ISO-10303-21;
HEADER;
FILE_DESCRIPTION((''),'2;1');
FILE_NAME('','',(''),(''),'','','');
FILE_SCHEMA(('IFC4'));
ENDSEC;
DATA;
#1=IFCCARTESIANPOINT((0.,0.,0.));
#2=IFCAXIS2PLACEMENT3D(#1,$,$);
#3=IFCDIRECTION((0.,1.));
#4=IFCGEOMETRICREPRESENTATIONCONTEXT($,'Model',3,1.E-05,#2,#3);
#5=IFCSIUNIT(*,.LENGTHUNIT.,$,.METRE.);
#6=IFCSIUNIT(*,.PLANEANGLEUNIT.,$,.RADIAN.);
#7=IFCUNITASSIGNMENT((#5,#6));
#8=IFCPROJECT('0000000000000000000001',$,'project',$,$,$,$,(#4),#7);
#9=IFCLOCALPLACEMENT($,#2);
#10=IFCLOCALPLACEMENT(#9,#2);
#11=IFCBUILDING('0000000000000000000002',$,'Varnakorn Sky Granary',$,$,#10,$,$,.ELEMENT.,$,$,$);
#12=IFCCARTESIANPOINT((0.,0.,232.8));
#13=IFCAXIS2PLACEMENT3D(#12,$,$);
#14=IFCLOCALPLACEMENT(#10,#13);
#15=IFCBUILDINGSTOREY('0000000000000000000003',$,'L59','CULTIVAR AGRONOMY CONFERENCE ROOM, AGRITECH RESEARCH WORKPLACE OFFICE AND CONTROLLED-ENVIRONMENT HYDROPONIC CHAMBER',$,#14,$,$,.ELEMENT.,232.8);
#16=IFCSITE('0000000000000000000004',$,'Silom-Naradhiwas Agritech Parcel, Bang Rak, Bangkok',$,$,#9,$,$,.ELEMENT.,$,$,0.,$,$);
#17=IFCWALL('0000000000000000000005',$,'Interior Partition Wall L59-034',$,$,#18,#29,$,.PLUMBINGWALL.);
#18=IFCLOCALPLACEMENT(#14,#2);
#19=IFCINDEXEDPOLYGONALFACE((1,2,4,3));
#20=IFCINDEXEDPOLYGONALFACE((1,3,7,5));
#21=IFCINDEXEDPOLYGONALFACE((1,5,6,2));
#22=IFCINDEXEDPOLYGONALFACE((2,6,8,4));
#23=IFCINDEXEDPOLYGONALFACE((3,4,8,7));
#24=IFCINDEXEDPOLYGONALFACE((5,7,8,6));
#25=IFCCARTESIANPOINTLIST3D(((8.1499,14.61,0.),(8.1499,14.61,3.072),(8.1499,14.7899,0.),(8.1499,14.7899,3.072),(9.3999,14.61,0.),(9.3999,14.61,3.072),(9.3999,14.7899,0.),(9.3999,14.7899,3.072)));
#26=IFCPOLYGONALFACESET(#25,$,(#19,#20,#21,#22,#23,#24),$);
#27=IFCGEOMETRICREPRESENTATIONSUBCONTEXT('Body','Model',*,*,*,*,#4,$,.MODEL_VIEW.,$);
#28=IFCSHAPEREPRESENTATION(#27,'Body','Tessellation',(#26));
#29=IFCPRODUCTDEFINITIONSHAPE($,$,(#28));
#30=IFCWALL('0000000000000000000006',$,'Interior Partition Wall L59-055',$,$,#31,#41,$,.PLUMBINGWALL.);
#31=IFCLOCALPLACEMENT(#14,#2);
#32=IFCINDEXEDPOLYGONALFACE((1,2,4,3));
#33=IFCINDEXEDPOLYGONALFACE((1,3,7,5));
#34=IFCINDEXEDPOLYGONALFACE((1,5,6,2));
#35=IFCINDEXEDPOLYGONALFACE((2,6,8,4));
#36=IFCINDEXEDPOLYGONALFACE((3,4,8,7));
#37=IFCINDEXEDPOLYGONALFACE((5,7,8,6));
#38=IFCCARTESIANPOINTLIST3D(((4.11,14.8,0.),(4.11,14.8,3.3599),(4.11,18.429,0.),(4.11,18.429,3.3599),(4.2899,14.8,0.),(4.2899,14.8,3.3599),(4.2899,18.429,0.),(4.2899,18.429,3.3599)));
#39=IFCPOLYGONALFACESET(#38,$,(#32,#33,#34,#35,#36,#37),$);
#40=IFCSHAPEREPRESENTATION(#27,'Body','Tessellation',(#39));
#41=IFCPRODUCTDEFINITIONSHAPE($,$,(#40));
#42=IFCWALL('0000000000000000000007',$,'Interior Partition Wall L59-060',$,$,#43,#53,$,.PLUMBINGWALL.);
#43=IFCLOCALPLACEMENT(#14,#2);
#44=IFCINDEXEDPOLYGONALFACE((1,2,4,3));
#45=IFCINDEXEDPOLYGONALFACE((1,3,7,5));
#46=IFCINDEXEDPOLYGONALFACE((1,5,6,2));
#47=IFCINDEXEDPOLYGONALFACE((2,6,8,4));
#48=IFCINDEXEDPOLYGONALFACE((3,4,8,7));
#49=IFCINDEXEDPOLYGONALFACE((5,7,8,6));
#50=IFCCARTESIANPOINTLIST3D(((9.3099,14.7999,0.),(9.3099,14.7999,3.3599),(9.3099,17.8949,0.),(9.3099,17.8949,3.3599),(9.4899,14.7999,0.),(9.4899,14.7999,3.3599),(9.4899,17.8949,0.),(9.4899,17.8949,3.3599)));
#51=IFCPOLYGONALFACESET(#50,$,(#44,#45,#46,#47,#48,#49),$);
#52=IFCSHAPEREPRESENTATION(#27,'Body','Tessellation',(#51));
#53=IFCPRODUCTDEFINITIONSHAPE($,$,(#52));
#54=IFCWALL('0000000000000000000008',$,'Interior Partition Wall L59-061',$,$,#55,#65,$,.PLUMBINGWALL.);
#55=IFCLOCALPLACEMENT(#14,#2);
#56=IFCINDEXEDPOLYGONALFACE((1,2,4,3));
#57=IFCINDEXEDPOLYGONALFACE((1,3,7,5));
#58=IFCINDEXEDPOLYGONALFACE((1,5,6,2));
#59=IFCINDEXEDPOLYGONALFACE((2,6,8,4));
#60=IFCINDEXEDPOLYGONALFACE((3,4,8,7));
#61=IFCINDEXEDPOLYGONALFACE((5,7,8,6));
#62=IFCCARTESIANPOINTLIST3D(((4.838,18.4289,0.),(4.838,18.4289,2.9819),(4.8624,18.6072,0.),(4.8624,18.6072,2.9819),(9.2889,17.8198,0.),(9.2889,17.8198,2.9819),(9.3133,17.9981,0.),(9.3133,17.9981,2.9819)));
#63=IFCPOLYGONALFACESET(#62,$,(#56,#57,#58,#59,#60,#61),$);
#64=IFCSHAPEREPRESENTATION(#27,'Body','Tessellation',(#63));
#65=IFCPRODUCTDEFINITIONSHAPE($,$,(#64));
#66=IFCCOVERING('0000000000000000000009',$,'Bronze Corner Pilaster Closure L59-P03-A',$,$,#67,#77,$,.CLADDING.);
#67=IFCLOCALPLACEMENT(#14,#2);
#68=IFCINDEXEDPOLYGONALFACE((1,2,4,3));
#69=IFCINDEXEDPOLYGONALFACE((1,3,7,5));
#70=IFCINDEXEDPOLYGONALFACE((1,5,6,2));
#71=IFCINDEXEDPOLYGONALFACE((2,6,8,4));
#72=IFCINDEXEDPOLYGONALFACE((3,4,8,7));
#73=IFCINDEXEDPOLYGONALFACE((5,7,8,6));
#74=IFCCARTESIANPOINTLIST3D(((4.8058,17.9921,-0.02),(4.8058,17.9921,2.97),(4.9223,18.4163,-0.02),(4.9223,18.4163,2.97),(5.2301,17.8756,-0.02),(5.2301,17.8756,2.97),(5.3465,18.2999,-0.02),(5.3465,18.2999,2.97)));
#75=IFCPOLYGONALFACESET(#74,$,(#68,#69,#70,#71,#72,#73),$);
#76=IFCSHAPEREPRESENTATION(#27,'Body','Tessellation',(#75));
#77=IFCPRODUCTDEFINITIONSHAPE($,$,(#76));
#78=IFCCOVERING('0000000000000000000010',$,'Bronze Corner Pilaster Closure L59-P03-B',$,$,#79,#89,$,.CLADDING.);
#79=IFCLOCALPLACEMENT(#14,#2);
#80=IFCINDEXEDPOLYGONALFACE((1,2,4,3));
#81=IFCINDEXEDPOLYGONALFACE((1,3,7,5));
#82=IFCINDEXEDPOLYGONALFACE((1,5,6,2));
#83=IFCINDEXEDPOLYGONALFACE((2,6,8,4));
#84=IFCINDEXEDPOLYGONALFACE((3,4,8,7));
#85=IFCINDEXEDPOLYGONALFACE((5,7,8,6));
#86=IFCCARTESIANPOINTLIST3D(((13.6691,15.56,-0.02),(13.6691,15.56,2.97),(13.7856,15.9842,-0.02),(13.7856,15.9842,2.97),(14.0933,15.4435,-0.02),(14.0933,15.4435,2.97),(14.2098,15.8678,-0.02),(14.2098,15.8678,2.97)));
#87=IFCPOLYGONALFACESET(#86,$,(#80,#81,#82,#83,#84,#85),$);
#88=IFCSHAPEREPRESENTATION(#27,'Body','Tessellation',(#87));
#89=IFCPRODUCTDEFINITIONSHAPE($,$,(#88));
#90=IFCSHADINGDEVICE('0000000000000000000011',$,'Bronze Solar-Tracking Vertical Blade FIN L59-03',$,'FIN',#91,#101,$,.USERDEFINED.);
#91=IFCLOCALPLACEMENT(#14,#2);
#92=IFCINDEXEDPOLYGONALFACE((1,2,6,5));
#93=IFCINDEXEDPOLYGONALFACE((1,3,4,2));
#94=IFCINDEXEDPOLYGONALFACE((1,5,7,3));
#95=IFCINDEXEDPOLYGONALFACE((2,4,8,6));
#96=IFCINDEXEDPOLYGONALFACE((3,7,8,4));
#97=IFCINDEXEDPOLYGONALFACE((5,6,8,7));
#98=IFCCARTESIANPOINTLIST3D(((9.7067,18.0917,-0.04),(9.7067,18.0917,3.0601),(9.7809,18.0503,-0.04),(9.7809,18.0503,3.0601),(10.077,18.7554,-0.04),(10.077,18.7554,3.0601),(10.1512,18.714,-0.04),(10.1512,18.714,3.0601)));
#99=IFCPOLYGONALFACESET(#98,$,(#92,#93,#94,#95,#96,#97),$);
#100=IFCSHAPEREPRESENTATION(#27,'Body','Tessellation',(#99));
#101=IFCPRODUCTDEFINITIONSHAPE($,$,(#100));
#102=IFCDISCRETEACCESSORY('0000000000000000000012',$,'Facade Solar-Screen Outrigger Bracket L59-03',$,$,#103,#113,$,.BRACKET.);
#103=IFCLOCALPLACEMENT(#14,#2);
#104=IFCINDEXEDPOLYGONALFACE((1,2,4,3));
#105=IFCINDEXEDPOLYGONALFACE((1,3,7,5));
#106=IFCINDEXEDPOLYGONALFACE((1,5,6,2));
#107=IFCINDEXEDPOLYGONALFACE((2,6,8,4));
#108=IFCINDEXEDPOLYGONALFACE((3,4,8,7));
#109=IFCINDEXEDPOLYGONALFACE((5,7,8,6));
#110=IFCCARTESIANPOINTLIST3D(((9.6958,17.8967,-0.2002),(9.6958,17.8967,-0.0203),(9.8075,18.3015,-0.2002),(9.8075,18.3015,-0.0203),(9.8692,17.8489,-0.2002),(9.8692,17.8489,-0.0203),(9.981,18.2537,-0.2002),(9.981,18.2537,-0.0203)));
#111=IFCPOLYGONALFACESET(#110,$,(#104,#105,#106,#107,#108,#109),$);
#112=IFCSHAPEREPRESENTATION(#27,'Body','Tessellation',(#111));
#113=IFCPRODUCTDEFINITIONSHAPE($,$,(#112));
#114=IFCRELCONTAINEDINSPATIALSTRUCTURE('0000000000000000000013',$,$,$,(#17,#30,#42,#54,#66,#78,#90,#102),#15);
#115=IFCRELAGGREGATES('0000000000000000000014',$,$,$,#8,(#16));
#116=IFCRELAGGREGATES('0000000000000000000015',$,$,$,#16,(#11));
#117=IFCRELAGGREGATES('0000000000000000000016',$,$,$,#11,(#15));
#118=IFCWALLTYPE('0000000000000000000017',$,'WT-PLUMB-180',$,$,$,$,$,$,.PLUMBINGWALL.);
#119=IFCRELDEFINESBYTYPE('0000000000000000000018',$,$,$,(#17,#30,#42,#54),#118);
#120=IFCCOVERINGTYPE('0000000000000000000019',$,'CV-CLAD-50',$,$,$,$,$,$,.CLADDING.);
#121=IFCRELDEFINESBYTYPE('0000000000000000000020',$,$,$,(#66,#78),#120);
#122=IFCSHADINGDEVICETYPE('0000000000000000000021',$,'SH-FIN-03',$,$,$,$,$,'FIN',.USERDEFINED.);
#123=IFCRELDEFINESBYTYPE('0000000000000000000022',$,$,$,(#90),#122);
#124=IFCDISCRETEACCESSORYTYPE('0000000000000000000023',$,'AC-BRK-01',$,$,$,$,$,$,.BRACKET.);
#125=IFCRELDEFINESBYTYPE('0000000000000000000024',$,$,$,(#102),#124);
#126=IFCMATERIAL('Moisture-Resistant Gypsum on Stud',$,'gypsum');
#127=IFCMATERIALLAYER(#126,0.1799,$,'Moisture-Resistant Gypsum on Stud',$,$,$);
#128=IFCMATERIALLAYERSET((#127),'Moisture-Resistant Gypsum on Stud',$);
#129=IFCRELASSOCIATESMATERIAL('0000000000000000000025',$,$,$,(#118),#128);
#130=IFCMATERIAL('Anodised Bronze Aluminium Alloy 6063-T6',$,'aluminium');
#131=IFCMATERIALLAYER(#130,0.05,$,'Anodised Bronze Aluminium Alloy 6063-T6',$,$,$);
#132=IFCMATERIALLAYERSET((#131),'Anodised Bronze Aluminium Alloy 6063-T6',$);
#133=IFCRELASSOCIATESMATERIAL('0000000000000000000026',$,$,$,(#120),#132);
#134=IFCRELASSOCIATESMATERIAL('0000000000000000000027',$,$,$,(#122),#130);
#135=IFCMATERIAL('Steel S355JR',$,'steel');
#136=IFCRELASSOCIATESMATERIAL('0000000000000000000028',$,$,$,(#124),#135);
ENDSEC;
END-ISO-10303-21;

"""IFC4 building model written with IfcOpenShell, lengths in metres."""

from ifc_helpers import new_model, si_unit, direction, frame, frame_2d, origin, origin_2d, place, context, subcontext, project, spatial, rectangle, extrude, source, transform, mapped, material, layer, layer_set, type_object, type_shapes, element, save


model = new_model("IFC4")

# Units and contexts
model_context = context("Model", 3, precision=1e-05, world=origin(), true_north=direction((0.0, 1.0)))
body_context = subcontext(model_context, "Body", "Model", "MODEL_VIEW")
ifc_project = project(units=[si_unit("LENGTHUNIT", "METRE"), si_unit("PLANEANGLEUNIT", "RADIAN")], contexts=[model_context])

# Site, building, storey
site_placement = place(None, origin())
site = spatial("IfcSite", under=ifc_project, at=site_placement, Name="Silom-Naradhiwas Agritech Parcel, Bang Rak, Bangkok", CompositionType="ELEMENT", RefElevation=0.0)
building_placement = place(site_placement, origin())
building = spatial("IfcBuilding", under=site, at=building_placement, Name="Varnakorn Sky Granary", CompositionType="ELEMENT")
storey_placement = place(building_placement, frame((0.0, 0.0, 232.8)))
storey = spatial("IfcBuildingStorey", under=building, at=storey_placement, Name="L59", Description="CULTIVAR AGRONOMY CONFERENCE ROOM, AGRITECH RESEARCH WORKPLACE OFFICE AND CONTROLLED-ENVIRONMENT HYDROPONIC CHAMBER", CompositionType="ELEMENT", Elevation=232.8)

# Shared definitions
ifc_material_1 = material(Name="Steel S355JR", Category="steel")

# Shared definitions
ifc_material_2 = material(Name="Anodised Bronze Aluminium Alloy 6063-T6", Category="aluminium")

# Shared definitions
ifc_material_3 = material(Name="Moisture-Resistant Gypsum on Stud", Category="gypsum")
ifc_layer_1 = layer(ifc_material_3, 0.1799, Name="Moisture-Resistant Gypsum on Stud")
ifc_layer_set_1 = layer_set([ifc_layer_1], Name="Moisture-Resistant Gypsum on Stud")
wall_type_1 = type_object("IfcWallType", Name="WT-PLUMB-180", PredefinedType="PLUMBINGWALL", material=ifc_layer_set_1)

# Walls
wall_1_placement = place(storey_placement, frame((9.3999, 14.7, 0.0), z_axis=(0.0, 0.0, 1.0), x_axis=(-1.0, 0.0, 0.0)))
element("IfcWall", 1, at=wall_1_placement, inside=storey, type_object=wall_type_1, Name="Interior Partition Wall L59-034", PredefinedType="PLUMBINGWALL", context=body_context, shape_type="SweptSolid", body=[
    extrude(rectangle(XDim=1.25, YDim=0.1799, at=frame_2d((0.625, 0.0))), origin(), (0.0, 0.0, 1.0), 3.072),
])
wall_2_placement = place(storey_placement, frame((4.2, 18.429, 0.0), z_axis=(0.0, 0.0, 1.0), x_axis=(0.0, -1.0, 0.0)))
element("IfcWall", 2, at=wall_2_placement, inside=storey, type_object=wall_type_1, Name="Interior Partition Wall L59-055", PredefinedType="PLUMBINGWALL", context=body_context, shape_type="SweptSolid", body=[
    extrude(rectangle(XDim=3.6289, YDim=0.1799, at=frame_2d((1.8145, 0.0))), origin(), (0.0, 0.0, 1.0), 3.3599),
])
wall_3_placement = place(storey_placement, frame((9.3999, 14.8, 0.0), z_axis=(0.0, 0.0, 1.0), x_axis=(0.0, 1.0, 0.0)))
element("IfcWall", 3, at=wall_3_placement, inside=storey, type_object=wall_type_1, Name="Interior Partition Wall L59-060", PredefinedType="PLUMBINGWALL", context=body_context, shape_type="SweptSolid", body=[
    extrude(rectangle(XDim=3.095, YDim=0.1799, at=frame_2d((1.5474, 0.0))), origin(), (0.0, 0.0, 1.0), 3.3599),
])
wall_4_placement = place(storey_placement, frame((9.301, 17.9089, 0.0), z_axis=(0.0, 0.0, 1.0), x_axis=(-0.990765, 0.135591, 0.0)))
element("IfcWall", 4, at=wall_4_placement, inside=storey, type_object=wall_type_1, Name="Interior Partition Wall L59-061", PredefinedType="PLUMBINGWALL", context=body_context, shape_type="SweptSolid", body=[
    extrude(rectangle(XDim=4.4924, YDim=0.1799, at=frame_2d((2.2461, 0.0))), origin(), (0.0, 0.0, 1.0), 2.9819),
])

# Coverings
ifc_layer_2 = layer(ifc_material_2, 0.05, Name="Anodised Bronze Aluminium Alloy 6063-T6")
ifc_layer_set_2 = layer_set([ifc_layer_2], Name="Anodised Bronze Aluminium Alloy 6063-T6")
covering_type = type_object("IfcCoveringType", Name="CV-CLAD-50", PredefinedType="CLADDING", material=ifc_layer_set_2)
shared_shape_1 = source(origin(), body_context, "Body", "SweptSolid", [
    extrude(rectangle(XDim=0.4399, YDim=0.4399, at=origin_2d()), origin(), (0.0, 0.0, 1.0), 2.99),
])
type_shapes(covering_type, [shared_shape_1])
for number, where, z_axis, x_axis, name in (
    (5, (5.0762, 18.146, -0.02), (0.0, 0.0, 1.0), (0.964327, -0.264715, 0.0), "Bronze Corner Pilaster Closure L59-P03-A"),
    (6, (13.9395, 15.7139, -0.02), (0.0, 0.0, 1.0), (0.964327, -0.264715, 0.0), "Bronze Corner Pilaster Closure L59-P03-B"),
):
    element("IfcCovering", number, at=place(storey_placement, frame(where, z_axis=z_axis, x_axis=x_axis)), inside=storey, type_object=covering_type, Name=name, PredefinedType="CLADDING", context=body_context, shape_type="MappedRepresentation", body=[
        mapped(shared_shape_1, transform((0.0, 0.0, 0.0), x_axis=(1.0, 0.0, 0.0), y_axis=(0.0, 1.0, 0.0), z_axis=(0.0, 0.0, 1.0), scale=1.0)),
    ])

# Shading device
shading_device_type = type_object("IfcShadingDeviceType", Name="SH-FIN-03", ElementType="FIN", PredefinedType="USERDEFINED", material=ifc_material_2)
shared_shape_2 = source(origin(), body_context, "Body", "SweptSolid", [
    extrude(rectangle(XDim=0.085, YDim=0.76, at=origin_2d()), origin(), (0.0, 0.0, 1.0), 3.1001),
])
type_shapes(shading_device_type, [shared_shape_2])
shading_device_placement = place(storey_placement, frame((9.929, 18.4028, -0.04), z_axis=(0.0, 0.0, 1.0), x_axis=(-0.873229, 0.48731, 0.0)))
element("IfcShadingDevice", 7, at=shading_device_placement, inside=storey, type_object=shading_device_type, Name="Bronze Solar-Tracking Vertical Blade FIN L59-03", ObjectType="FIN", PredefinedType="USERDEFINED", context=body_context, shape_type="MappedRepresentation", body=[
    mapped(shared_shape_2, transform((0.0, 0.0, 0.0), x_axis=(1.0, 0.0, 0.0), y_axis=(0.0, 1.0, 0.0), z_axis=(0.0, 0.0, 1.0), scale=1.0)),
])

# Discrete accessory
discrete_accessory_type = type_object("IfcDiscreteAccessoryType", Name="AC-BRK-01", PredefinedType="BRACKET", material=ifc_material_1)
shared_shape_3 = source(origin(), body_context, "Body", "SweptSolid", [
    extrude(rectangle(XDim=0.1799, YDim=0.4199, at=origin_2d()), origin(), (0.0, 0.0, 1.0), 0.1799),
])
type_shapes(discrete_accessory_type, [shared_shape_3])
discrete_accessory_placement = place(storey_placement, frame((9.8384, 18.0752, -0.2002), z_axis=(0.0, 0.0, 1.0), x_axis=(-0.963962, 0.266041, 0.0)))
element("IfcDiscreteAccessory", 8, at=discrete_accessory_placement, inside=storey, type_object=discrete_accessory_type, Name="Facade Solar-Screen Outrigger Bracket L59-03", PredefinedType="BRACKET", context=body_context, shape_type="MappedRepresentation", body=[
    mapped(shared_shape_3, transform((0.0, 0.0, 0.0), x_axis=(1.0, 0.0, 0.0), y_axis=(0.0, 1.0, 0.0), z_axis=(0.0, 0.0, 1.0), scale=1.0)),
])

save(model, "model.ifc")
